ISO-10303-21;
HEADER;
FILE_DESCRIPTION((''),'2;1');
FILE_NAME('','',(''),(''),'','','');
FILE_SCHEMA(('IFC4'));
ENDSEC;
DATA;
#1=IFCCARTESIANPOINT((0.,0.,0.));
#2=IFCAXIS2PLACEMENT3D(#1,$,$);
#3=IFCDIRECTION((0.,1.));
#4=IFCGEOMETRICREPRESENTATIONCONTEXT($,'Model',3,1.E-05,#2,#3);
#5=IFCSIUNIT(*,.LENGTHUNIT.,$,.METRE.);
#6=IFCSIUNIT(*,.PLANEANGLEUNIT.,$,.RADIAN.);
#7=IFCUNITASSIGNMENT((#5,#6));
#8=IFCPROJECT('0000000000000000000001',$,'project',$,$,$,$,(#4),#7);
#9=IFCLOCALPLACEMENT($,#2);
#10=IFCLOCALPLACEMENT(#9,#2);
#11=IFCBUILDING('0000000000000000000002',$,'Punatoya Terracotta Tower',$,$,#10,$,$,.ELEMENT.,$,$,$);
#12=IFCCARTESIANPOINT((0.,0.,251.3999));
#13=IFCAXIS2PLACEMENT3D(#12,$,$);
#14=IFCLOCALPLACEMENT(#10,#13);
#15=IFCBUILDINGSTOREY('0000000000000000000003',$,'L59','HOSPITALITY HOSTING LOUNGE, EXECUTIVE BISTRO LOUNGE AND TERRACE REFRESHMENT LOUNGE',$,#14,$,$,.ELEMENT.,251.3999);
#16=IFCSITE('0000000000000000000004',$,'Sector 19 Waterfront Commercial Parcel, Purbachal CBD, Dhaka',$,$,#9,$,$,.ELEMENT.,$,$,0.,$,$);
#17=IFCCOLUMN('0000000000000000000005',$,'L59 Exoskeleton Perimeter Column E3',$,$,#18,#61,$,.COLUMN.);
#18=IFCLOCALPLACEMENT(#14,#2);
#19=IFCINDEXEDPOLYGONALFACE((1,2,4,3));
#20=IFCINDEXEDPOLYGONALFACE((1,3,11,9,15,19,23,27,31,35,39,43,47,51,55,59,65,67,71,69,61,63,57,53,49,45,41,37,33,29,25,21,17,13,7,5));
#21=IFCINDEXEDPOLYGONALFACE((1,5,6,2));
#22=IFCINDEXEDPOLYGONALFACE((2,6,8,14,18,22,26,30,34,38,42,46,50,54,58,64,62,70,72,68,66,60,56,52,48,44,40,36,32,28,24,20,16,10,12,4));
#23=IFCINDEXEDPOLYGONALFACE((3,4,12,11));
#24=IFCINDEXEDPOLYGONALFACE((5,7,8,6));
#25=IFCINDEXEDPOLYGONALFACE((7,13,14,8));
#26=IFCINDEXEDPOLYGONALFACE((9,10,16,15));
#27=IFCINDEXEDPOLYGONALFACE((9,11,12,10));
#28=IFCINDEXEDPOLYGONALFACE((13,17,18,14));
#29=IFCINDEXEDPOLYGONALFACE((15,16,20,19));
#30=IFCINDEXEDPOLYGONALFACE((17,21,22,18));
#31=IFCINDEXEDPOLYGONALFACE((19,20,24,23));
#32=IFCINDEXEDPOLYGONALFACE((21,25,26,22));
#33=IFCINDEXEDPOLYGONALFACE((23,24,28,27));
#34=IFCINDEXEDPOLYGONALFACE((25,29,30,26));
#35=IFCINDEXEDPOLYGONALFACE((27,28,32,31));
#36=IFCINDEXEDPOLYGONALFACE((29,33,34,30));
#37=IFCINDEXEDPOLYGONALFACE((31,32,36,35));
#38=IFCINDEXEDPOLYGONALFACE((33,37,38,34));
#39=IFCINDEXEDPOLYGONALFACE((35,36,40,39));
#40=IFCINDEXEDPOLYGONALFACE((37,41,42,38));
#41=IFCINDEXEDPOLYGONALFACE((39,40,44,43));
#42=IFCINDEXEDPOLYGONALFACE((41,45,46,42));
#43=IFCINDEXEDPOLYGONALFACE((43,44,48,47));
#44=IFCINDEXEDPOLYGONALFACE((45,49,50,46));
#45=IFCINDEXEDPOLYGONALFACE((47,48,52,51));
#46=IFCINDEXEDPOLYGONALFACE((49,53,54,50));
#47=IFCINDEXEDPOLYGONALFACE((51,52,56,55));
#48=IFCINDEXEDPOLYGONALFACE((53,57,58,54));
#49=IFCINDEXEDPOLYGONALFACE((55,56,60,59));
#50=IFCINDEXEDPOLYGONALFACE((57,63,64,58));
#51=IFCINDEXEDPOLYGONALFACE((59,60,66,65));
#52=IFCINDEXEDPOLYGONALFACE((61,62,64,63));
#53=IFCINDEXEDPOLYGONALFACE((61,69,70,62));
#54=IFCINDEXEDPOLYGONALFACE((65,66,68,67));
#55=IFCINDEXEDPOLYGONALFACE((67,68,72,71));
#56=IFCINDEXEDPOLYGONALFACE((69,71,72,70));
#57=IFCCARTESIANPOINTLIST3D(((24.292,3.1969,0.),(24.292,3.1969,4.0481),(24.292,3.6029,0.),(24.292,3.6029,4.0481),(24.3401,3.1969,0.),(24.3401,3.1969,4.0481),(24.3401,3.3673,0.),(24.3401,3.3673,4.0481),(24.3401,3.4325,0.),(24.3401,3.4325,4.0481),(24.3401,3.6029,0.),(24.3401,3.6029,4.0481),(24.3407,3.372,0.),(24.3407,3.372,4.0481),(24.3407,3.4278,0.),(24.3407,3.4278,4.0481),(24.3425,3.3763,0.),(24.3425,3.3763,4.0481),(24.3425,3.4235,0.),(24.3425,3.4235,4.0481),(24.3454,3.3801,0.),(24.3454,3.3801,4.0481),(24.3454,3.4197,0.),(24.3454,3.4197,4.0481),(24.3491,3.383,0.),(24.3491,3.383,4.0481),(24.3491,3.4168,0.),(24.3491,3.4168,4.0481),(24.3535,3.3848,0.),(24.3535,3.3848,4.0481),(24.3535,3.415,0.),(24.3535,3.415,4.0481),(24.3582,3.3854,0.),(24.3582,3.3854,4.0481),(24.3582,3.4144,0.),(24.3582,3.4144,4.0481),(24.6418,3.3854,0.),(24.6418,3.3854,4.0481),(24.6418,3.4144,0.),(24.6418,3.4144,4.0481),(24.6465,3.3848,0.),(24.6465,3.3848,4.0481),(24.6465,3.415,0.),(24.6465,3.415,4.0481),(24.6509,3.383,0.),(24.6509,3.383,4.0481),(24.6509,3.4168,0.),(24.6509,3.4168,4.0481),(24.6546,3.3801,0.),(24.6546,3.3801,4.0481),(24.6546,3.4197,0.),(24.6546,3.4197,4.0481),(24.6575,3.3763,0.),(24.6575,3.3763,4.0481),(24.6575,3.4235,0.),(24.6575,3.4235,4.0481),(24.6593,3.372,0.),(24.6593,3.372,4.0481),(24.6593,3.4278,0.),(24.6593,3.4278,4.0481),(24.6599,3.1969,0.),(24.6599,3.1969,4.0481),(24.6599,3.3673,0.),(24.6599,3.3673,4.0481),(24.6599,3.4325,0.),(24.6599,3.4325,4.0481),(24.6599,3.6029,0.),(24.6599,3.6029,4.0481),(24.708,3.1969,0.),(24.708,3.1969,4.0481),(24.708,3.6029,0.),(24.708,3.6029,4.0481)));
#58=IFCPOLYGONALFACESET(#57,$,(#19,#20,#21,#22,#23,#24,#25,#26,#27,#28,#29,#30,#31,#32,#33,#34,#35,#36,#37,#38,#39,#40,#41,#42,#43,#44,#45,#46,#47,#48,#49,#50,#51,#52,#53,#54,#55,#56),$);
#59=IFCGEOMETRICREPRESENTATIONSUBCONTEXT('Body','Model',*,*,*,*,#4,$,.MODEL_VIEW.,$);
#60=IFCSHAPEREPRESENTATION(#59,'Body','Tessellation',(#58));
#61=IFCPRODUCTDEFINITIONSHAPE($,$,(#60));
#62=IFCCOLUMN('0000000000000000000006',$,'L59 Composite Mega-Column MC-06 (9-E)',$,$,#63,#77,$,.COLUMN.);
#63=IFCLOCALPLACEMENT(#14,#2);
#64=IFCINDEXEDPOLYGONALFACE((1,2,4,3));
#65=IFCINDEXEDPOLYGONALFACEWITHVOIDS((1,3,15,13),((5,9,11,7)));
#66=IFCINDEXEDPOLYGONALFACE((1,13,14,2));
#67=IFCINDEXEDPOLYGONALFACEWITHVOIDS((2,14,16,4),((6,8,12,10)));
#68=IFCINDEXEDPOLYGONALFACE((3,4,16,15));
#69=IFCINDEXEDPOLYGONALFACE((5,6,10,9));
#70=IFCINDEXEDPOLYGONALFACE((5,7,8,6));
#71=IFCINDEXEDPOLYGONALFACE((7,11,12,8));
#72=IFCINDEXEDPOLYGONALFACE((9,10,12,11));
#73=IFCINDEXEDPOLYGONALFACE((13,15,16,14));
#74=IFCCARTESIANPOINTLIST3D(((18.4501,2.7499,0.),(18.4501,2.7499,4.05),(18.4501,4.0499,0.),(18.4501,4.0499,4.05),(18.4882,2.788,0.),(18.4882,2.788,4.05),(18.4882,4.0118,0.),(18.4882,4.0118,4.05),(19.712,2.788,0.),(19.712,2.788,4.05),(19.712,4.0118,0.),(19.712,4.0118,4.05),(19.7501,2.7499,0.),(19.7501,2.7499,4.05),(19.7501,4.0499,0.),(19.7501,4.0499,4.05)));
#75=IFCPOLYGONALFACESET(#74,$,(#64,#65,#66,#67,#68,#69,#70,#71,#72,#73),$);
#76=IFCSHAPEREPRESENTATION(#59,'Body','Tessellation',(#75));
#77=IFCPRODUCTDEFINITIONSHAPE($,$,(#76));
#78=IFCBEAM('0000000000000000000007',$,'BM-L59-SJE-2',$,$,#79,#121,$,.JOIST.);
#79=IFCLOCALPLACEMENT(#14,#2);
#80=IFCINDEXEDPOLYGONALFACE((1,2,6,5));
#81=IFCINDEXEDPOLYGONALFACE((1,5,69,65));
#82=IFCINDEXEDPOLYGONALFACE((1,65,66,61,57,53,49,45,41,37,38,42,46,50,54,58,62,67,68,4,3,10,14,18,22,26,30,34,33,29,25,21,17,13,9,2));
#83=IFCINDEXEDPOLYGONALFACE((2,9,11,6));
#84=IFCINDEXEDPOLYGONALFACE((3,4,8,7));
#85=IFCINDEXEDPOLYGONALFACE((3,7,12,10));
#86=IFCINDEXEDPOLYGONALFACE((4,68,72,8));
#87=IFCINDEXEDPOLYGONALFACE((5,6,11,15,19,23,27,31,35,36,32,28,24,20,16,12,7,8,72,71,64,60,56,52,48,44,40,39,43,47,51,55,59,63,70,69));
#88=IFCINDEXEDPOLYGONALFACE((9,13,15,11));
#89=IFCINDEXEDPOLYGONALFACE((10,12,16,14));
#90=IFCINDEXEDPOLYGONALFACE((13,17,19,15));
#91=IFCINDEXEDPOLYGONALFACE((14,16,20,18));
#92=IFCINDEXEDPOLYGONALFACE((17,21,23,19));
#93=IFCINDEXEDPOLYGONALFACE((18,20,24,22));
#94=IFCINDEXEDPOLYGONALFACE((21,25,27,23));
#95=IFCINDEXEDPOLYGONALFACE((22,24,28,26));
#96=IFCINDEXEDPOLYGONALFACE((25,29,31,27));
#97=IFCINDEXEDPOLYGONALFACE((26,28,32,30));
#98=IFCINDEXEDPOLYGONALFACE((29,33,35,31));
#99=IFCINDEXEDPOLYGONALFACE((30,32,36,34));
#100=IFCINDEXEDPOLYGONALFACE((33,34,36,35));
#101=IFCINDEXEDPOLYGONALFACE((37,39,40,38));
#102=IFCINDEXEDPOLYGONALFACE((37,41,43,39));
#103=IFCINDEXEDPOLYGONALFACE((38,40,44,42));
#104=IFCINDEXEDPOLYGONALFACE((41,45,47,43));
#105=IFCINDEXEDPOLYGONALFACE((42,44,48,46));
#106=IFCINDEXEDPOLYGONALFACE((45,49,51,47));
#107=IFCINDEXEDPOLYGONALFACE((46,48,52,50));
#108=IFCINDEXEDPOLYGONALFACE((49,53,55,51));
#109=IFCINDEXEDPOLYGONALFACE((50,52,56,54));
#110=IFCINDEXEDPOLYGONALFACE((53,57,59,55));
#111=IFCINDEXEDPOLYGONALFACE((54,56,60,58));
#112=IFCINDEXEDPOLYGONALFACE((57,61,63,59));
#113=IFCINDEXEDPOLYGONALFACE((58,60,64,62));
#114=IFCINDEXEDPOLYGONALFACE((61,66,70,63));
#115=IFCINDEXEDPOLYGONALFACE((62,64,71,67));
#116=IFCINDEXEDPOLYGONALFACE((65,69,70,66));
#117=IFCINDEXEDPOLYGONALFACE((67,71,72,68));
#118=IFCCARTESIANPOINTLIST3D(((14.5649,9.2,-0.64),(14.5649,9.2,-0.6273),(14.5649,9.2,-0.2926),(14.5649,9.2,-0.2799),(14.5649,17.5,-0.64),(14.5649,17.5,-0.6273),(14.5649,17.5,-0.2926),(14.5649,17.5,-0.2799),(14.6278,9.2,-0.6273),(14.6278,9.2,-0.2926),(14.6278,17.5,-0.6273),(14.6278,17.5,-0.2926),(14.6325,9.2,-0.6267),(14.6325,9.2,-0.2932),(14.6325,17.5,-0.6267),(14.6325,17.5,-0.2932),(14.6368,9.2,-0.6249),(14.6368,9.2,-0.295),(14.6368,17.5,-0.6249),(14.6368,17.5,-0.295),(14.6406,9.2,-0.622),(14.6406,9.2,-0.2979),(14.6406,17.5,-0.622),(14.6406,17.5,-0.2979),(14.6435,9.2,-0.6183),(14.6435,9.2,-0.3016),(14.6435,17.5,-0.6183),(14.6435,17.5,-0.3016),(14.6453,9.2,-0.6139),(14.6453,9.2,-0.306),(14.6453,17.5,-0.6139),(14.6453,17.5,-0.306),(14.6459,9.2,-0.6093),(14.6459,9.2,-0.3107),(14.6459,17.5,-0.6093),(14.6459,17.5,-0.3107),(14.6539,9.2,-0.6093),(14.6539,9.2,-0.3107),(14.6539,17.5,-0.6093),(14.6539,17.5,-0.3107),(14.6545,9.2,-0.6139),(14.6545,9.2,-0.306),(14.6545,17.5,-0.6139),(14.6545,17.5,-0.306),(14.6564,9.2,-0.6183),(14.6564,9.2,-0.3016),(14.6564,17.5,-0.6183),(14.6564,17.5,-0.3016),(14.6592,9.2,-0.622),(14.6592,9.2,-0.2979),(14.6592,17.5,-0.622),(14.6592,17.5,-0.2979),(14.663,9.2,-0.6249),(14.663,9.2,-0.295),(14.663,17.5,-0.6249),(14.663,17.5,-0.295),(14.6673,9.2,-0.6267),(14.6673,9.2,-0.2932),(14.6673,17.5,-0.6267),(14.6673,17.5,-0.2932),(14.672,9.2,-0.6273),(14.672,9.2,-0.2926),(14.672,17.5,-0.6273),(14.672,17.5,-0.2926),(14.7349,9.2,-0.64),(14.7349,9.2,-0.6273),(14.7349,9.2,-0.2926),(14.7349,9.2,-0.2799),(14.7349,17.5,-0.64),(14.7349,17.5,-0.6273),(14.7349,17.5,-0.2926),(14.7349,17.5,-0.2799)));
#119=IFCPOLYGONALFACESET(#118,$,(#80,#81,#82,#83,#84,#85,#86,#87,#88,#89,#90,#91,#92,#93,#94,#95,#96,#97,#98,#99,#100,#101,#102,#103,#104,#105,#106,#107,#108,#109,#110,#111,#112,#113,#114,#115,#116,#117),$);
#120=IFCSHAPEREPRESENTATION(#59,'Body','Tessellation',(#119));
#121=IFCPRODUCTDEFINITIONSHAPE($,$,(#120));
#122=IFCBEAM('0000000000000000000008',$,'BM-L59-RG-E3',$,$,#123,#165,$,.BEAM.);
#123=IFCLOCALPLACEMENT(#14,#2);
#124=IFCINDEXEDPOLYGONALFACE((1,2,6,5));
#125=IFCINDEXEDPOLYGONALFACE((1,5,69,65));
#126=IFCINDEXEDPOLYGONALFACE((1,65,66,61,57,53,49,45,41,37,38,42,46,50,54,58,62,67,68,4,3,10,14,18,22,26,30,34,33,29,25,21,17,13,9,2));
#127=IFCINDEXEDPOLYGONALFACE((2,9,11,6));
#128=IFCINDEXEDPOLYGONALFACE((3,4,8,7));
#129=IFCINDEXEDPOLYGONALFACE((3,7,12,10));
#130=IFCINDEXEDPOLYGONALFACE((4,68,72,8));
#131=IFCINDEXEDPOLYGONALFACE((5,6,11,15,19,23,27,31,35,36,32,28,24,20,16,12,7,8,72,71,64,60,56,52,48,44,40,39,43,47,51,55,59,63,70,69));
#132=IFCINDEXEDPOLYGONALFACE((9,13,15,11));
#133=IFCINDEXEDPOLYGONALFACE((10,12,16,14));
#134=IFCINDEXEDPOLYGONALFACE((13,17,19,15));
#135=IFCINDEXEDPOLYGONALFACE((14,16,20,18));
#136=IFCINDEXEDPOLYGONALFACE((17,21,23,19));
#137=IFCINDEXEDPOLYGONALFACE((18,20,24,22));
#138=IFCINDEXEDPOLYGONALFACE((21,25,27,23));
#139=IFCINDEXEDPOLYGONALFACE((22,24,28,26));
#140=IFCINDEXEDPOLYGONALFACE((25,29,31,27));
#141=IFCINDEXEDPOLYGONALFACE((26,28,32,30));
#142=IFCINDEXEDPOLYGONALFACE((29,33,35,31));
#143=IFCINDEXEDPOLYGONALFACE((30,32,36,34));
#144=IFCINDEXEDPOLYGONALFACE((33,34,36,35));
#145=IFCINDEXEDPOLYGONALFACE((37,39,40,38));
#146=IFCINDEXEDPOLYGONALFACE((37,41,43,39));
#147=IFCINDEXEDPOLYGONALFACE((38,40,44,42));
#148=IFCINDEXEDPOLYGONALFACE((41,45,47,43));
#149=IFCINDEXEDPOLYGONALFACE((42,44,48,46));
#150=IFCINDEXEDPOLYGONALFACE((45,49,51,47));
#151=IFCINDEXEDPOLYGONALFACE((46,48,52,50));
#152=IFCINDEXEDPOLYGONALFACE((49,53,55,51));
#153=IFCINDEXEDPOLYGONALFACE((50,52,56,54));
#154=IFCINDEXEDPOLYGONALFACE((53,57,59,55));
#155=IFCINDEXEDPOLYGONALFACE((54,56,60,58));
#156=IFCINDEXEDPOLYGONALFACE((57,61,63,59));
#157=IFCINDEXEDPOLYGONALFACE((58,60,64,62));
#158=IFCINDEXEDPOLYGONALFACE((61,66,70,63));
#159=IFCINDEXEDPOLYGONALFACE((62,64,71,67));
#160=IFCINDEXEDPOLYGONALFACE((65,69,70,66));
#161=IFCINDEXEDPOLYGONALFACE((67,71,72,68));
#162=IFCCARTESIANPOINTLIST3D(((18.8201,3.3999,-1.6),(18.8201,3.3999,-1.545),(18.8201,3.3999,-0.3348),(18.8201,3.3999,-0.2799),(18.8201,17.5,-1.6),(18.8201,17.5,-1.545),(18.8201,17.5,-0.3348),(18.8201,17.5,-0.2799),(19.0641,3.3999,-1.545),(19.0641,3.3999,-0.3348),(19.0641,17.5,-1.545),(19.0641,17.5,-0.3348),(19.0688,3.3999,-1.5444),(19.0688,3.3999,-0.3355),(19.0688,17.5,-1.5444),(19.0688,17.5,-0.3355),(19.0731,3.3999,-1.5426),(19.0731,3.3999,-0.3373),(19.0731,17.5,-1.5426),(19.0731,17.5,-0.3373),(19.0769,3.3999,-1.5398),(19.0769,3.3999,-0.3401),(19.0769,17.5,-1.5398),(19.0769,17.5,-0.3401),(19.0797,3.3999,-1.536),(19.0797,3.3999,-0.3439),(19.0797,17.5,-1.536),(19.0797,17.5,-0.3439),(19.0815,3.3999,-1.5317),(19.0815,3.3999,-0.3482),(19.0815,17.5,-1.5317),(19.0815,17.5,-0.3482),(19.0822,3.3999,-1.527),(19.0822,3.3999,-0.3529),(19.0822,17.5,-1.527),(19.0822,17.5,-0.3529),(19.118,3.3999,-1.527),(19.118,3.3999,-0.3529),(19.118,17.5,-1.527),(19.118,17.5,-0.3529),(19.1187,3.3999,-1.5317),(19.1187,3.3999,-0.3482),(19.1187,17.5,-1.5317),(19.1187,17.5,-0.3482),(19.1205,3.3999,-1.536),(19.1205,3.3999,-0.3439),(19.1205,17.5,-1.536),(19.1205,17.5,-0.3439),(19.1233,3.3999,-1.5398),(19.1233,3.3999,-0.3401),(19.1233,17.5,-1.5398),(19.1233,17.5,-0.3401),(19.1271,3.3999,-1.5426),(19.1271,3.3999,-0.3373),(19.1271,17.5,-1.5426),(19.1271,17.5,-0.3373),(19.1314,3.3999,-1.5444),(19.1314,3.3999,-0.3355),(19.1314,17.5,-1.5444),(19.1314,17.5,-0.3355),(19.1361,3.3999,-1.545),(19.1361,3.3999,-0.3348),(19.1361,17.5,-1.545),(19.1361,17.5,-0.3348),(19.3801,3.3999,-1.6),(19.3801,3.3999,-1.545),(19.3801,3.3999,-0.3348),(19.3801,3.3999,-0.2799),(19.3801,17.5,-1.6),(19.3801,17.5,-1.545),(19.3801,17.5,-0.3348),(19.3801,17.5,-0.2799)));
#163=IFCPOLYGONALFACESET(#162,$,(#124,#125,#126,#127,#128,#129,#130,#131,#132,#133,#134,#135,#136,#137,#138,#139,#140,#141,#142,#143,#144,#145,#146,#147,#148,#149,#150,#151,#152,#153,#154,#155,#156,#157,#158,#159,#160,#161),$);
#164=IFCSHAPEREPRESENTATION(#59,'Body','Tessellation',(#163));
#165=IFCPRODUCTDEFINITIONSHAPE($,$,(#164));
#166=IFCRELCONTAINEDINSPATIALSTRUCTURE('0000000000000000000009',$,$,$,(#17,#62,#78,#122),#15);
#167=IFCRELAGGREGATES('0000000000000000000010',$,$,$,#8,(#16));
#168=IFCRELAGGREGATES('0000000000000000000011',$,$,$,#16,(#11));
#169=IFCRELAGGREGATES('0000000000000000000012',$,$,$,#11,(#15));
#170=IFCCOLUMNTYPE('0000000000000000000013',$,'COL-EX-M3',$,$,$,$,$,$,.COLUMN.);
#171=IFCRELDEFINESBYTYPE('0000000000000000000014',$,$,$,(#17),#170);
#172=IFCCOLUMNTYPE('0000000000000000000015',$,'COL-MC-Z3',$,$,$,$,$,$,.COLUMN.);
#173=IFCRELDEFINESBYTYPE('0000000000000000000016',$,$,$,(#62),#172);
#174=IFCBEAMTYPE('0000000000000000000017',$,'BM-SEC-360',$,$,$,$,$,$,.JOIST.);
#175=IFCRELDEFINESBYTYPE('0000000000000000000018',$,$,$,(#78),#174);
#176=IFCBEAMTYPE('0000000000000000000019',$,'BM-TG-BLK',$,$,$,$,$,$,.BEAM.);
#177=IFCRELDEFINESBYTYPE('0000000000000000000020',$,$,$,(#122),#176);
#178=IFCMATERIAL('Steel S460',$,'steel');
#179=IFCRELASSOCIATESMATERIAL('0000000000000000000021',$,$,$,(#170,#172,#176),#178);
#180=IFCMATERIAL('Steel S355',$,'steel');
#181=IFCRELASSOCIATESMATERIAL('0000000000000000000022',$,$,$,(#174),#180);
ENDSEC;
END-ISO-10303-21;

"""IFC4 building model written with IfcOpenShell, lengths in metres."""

from ifc_helpers import new_model, si_unit, direction, frame, origin, origin_2d, place, context, subcontext, project, spatial, hollow_rectangle, i_section, extrude, material, material_profile, profile_set, type_object, element, save


model = new_model("IFC4")

# Units and contexts
model_context = context("Model", 3, precision=1e-05, world=origin(), true_north=direction((0.0, 1.0)))
body_context = subcontext(model_context, "Body", "Model", "MODEL_VIEW")
ifc_project = project(units=[si_unit("LENGTHUNIT", "METRE"), si_unit("PLANEANGLEUNIT", "RADIAN")], contexts=[model_context])

# Site, building, storey
site_placement = place(None, origin())
site = spatial("IfcSite", under=ifc_project, at=site_placement, Name="Sector 19 Waterfront Commercial Parcel, Purbachal CBD, Dhaka", CompositionType="ELEMENT", RefElevation=0.0)
building_placement = place(site_placement, origin())
building = spatial("IfcBuilding", under=site, at=building_placement, Name="Punatoya Terracotta Tower", CompositionType="ELEMENT")
storey_placement = place(building_placement, frame((0.0, 0.0, 251.3999)))
storey = spatial("IfcBuildingStorey", under=building, at=storey_placement, Name="L59", Description="HOSPITALITY HOSTING LOUNGE, EXECUTIVE BISTRO LOUNGE AND TERRACE REFRESHMENT LOUNGE", CompositionType="ELEMENT", Elevation=251.3999)

# Columns
ifc_material_1 = material(Name="Steel S460", Category="steel")
ifc_material_profile_1 = material_profile(ifc_material_1, i_section(OverallWidth=0.406, OverallDepth=0.416, WebThickness=0.0291, FlangeThickness=0.0481, FilletRadius=0.0181, at=origin_2d()))
ifc_profile_set_1 = profile_set([ifc_material_profile_1], Name="Steel S460")
column_type_1 = type_object("IfcColumnType", Name="COL-EX-M3", PredefinedType="COLUMN", material=ifc_profile_set_1)
column_1_placement = place(storey_placement, frame((24.5, 3.3999, 0.0), z_axis=(0.0, 0.0, 1.0), x_axis=(0.0, 1.0, 0.0)))
element("IfcColumn", 1, at=column_1_placement, inside=storey, type_object=column_type_1, Name="L59 Exoskeleton Perimeter Column E3", PredefinedType="COLUMN", context=body_context, shape_type="SweptSolid", body=[
    extrude(i_section(OverallWidth=0.406, OverallDepth=0.416, WebThickness=0.0291, FlangeThickness=0.0481, FilletRadius=0.0181, at=origin_2d()), origin(), (0.0, 0.0, 1.0), 4.0481),
])
ifc_material_profile_2 = material_profile(ifc_material_1, hollow_rectangle(XDim=1.3, YDim=1.3, WallThickness=0.0381, at=origin_2d()))
ifc_profile_set_2 = profile_set([ifc_material_profile_2], Name="Steel S460")
column_type_2 = type_object("IfcColumnType", Name="COL-MC-Z3", PredefinedType="COLUMN", material=ifc_profile_set_2)
column_2_placement = place(storey_placement, frame((19.1001, 3.3999, 0.0), z_axis=(0.0, 0.0, 1.0), x_axis=(1.0, 0.0, 0.0)))
element("IfcColumn", 2, at=column_2_placement, inside=storey, type_object=column_type_2, Name="L59 Composite Mega-Column MC-06 (9-E)", PredefinedType="COLUMN", context=body_context, shape_type="SweptSolid", body=[
    extrude(hollow_rectangle(XDim=1.3, YDim=1.3, WallThickness=0.0381, at=origin_2d()), origin(), (0.0, 0.0, 1.0), 4.05),
])

# Beams
ifc_material_2 = material(Name="Steel S355", Category="steel")
ifc_material_profile_3 = material_profile(ifc_material_2, i_section(OverallWidth=0.1699, OverallDepth=0.3601, WebThickness=0.0081, FlangeThickness=0.0127, FilletRadius=0.0181, at=origin_2d()))
ifc_profile_set_3 = profile_set([ifc_material_profile_3], Name="Steel S355")
beam_type_1 = type_object("IfcBeamType", Name="BM-SEC-360", PredefinedType="JOIST", material=ifc_profile_set_3)
beam_1_placement = place(storey_placement, frame((14.6499, 9.2, -0.46), z_axis=(0.0, 1.0, 0.0), x_axis=(-1.0, 0.0, 0.0)))
element("IfcBeam", 3, at=beam_1_placement, inside=storey, type_object=beam_type_1, Name="BM-L59-SJE-2", PredefinedType="JOIST", context=body_context, shape_type="SweptSolid", body=[
    extrude(i_section(OverallWidth=0.1699, OverallDepth=0.3601, WebThickness=0.0081, FlangeThickness=0.0127, FilletRadius=0.0181, at=origin_2d()), origin(), (0.0, 0.0, 1.0), 8.3),
])
ifc_material_profile_4 = material_profile(ifc_material_1, i_section(OverallWidth=0.5601, OverallDepth=1.3201, WebThickness=0.0359, FlangeThickness=0.0549, FilletRadius=0.0181, at=origin_2d()))
ifc_profile_set_4 = profile_set([ifc_material_profile_4], Name="Steel S460")
beam_type_2 = type_object("IfcBeamType", Name="BM-TG-BLK", PredefinedType="BEAM", material=ifc_profile_set_4)
beam_2_placement = place(storey_placement, frame((19.1001, 3.3999, -0.9399), z_axis=(0.0, 1.0, 0.0), x_axis=(-1.0, 0.0, 0.0)))
element("IfcBeam", 4, at=beam_2_placement, inside=storey, type_object=beam_type_2, Name="BM-L59-RG-E3", PredefinedType="BEAM", context=body_context, shape_type="SweptSolid", body=[
    extrude(i_section(OverallWidth=0.5601, OverallDepth=1.3201, WebThickness=0.0359, FlangeThickness=0.0549, FilletRadius=0.0181, at=origin_2d()), origin(), (0.0, 0.0, 1.0), 14.1001),
])

save(model, "model.ifc")
